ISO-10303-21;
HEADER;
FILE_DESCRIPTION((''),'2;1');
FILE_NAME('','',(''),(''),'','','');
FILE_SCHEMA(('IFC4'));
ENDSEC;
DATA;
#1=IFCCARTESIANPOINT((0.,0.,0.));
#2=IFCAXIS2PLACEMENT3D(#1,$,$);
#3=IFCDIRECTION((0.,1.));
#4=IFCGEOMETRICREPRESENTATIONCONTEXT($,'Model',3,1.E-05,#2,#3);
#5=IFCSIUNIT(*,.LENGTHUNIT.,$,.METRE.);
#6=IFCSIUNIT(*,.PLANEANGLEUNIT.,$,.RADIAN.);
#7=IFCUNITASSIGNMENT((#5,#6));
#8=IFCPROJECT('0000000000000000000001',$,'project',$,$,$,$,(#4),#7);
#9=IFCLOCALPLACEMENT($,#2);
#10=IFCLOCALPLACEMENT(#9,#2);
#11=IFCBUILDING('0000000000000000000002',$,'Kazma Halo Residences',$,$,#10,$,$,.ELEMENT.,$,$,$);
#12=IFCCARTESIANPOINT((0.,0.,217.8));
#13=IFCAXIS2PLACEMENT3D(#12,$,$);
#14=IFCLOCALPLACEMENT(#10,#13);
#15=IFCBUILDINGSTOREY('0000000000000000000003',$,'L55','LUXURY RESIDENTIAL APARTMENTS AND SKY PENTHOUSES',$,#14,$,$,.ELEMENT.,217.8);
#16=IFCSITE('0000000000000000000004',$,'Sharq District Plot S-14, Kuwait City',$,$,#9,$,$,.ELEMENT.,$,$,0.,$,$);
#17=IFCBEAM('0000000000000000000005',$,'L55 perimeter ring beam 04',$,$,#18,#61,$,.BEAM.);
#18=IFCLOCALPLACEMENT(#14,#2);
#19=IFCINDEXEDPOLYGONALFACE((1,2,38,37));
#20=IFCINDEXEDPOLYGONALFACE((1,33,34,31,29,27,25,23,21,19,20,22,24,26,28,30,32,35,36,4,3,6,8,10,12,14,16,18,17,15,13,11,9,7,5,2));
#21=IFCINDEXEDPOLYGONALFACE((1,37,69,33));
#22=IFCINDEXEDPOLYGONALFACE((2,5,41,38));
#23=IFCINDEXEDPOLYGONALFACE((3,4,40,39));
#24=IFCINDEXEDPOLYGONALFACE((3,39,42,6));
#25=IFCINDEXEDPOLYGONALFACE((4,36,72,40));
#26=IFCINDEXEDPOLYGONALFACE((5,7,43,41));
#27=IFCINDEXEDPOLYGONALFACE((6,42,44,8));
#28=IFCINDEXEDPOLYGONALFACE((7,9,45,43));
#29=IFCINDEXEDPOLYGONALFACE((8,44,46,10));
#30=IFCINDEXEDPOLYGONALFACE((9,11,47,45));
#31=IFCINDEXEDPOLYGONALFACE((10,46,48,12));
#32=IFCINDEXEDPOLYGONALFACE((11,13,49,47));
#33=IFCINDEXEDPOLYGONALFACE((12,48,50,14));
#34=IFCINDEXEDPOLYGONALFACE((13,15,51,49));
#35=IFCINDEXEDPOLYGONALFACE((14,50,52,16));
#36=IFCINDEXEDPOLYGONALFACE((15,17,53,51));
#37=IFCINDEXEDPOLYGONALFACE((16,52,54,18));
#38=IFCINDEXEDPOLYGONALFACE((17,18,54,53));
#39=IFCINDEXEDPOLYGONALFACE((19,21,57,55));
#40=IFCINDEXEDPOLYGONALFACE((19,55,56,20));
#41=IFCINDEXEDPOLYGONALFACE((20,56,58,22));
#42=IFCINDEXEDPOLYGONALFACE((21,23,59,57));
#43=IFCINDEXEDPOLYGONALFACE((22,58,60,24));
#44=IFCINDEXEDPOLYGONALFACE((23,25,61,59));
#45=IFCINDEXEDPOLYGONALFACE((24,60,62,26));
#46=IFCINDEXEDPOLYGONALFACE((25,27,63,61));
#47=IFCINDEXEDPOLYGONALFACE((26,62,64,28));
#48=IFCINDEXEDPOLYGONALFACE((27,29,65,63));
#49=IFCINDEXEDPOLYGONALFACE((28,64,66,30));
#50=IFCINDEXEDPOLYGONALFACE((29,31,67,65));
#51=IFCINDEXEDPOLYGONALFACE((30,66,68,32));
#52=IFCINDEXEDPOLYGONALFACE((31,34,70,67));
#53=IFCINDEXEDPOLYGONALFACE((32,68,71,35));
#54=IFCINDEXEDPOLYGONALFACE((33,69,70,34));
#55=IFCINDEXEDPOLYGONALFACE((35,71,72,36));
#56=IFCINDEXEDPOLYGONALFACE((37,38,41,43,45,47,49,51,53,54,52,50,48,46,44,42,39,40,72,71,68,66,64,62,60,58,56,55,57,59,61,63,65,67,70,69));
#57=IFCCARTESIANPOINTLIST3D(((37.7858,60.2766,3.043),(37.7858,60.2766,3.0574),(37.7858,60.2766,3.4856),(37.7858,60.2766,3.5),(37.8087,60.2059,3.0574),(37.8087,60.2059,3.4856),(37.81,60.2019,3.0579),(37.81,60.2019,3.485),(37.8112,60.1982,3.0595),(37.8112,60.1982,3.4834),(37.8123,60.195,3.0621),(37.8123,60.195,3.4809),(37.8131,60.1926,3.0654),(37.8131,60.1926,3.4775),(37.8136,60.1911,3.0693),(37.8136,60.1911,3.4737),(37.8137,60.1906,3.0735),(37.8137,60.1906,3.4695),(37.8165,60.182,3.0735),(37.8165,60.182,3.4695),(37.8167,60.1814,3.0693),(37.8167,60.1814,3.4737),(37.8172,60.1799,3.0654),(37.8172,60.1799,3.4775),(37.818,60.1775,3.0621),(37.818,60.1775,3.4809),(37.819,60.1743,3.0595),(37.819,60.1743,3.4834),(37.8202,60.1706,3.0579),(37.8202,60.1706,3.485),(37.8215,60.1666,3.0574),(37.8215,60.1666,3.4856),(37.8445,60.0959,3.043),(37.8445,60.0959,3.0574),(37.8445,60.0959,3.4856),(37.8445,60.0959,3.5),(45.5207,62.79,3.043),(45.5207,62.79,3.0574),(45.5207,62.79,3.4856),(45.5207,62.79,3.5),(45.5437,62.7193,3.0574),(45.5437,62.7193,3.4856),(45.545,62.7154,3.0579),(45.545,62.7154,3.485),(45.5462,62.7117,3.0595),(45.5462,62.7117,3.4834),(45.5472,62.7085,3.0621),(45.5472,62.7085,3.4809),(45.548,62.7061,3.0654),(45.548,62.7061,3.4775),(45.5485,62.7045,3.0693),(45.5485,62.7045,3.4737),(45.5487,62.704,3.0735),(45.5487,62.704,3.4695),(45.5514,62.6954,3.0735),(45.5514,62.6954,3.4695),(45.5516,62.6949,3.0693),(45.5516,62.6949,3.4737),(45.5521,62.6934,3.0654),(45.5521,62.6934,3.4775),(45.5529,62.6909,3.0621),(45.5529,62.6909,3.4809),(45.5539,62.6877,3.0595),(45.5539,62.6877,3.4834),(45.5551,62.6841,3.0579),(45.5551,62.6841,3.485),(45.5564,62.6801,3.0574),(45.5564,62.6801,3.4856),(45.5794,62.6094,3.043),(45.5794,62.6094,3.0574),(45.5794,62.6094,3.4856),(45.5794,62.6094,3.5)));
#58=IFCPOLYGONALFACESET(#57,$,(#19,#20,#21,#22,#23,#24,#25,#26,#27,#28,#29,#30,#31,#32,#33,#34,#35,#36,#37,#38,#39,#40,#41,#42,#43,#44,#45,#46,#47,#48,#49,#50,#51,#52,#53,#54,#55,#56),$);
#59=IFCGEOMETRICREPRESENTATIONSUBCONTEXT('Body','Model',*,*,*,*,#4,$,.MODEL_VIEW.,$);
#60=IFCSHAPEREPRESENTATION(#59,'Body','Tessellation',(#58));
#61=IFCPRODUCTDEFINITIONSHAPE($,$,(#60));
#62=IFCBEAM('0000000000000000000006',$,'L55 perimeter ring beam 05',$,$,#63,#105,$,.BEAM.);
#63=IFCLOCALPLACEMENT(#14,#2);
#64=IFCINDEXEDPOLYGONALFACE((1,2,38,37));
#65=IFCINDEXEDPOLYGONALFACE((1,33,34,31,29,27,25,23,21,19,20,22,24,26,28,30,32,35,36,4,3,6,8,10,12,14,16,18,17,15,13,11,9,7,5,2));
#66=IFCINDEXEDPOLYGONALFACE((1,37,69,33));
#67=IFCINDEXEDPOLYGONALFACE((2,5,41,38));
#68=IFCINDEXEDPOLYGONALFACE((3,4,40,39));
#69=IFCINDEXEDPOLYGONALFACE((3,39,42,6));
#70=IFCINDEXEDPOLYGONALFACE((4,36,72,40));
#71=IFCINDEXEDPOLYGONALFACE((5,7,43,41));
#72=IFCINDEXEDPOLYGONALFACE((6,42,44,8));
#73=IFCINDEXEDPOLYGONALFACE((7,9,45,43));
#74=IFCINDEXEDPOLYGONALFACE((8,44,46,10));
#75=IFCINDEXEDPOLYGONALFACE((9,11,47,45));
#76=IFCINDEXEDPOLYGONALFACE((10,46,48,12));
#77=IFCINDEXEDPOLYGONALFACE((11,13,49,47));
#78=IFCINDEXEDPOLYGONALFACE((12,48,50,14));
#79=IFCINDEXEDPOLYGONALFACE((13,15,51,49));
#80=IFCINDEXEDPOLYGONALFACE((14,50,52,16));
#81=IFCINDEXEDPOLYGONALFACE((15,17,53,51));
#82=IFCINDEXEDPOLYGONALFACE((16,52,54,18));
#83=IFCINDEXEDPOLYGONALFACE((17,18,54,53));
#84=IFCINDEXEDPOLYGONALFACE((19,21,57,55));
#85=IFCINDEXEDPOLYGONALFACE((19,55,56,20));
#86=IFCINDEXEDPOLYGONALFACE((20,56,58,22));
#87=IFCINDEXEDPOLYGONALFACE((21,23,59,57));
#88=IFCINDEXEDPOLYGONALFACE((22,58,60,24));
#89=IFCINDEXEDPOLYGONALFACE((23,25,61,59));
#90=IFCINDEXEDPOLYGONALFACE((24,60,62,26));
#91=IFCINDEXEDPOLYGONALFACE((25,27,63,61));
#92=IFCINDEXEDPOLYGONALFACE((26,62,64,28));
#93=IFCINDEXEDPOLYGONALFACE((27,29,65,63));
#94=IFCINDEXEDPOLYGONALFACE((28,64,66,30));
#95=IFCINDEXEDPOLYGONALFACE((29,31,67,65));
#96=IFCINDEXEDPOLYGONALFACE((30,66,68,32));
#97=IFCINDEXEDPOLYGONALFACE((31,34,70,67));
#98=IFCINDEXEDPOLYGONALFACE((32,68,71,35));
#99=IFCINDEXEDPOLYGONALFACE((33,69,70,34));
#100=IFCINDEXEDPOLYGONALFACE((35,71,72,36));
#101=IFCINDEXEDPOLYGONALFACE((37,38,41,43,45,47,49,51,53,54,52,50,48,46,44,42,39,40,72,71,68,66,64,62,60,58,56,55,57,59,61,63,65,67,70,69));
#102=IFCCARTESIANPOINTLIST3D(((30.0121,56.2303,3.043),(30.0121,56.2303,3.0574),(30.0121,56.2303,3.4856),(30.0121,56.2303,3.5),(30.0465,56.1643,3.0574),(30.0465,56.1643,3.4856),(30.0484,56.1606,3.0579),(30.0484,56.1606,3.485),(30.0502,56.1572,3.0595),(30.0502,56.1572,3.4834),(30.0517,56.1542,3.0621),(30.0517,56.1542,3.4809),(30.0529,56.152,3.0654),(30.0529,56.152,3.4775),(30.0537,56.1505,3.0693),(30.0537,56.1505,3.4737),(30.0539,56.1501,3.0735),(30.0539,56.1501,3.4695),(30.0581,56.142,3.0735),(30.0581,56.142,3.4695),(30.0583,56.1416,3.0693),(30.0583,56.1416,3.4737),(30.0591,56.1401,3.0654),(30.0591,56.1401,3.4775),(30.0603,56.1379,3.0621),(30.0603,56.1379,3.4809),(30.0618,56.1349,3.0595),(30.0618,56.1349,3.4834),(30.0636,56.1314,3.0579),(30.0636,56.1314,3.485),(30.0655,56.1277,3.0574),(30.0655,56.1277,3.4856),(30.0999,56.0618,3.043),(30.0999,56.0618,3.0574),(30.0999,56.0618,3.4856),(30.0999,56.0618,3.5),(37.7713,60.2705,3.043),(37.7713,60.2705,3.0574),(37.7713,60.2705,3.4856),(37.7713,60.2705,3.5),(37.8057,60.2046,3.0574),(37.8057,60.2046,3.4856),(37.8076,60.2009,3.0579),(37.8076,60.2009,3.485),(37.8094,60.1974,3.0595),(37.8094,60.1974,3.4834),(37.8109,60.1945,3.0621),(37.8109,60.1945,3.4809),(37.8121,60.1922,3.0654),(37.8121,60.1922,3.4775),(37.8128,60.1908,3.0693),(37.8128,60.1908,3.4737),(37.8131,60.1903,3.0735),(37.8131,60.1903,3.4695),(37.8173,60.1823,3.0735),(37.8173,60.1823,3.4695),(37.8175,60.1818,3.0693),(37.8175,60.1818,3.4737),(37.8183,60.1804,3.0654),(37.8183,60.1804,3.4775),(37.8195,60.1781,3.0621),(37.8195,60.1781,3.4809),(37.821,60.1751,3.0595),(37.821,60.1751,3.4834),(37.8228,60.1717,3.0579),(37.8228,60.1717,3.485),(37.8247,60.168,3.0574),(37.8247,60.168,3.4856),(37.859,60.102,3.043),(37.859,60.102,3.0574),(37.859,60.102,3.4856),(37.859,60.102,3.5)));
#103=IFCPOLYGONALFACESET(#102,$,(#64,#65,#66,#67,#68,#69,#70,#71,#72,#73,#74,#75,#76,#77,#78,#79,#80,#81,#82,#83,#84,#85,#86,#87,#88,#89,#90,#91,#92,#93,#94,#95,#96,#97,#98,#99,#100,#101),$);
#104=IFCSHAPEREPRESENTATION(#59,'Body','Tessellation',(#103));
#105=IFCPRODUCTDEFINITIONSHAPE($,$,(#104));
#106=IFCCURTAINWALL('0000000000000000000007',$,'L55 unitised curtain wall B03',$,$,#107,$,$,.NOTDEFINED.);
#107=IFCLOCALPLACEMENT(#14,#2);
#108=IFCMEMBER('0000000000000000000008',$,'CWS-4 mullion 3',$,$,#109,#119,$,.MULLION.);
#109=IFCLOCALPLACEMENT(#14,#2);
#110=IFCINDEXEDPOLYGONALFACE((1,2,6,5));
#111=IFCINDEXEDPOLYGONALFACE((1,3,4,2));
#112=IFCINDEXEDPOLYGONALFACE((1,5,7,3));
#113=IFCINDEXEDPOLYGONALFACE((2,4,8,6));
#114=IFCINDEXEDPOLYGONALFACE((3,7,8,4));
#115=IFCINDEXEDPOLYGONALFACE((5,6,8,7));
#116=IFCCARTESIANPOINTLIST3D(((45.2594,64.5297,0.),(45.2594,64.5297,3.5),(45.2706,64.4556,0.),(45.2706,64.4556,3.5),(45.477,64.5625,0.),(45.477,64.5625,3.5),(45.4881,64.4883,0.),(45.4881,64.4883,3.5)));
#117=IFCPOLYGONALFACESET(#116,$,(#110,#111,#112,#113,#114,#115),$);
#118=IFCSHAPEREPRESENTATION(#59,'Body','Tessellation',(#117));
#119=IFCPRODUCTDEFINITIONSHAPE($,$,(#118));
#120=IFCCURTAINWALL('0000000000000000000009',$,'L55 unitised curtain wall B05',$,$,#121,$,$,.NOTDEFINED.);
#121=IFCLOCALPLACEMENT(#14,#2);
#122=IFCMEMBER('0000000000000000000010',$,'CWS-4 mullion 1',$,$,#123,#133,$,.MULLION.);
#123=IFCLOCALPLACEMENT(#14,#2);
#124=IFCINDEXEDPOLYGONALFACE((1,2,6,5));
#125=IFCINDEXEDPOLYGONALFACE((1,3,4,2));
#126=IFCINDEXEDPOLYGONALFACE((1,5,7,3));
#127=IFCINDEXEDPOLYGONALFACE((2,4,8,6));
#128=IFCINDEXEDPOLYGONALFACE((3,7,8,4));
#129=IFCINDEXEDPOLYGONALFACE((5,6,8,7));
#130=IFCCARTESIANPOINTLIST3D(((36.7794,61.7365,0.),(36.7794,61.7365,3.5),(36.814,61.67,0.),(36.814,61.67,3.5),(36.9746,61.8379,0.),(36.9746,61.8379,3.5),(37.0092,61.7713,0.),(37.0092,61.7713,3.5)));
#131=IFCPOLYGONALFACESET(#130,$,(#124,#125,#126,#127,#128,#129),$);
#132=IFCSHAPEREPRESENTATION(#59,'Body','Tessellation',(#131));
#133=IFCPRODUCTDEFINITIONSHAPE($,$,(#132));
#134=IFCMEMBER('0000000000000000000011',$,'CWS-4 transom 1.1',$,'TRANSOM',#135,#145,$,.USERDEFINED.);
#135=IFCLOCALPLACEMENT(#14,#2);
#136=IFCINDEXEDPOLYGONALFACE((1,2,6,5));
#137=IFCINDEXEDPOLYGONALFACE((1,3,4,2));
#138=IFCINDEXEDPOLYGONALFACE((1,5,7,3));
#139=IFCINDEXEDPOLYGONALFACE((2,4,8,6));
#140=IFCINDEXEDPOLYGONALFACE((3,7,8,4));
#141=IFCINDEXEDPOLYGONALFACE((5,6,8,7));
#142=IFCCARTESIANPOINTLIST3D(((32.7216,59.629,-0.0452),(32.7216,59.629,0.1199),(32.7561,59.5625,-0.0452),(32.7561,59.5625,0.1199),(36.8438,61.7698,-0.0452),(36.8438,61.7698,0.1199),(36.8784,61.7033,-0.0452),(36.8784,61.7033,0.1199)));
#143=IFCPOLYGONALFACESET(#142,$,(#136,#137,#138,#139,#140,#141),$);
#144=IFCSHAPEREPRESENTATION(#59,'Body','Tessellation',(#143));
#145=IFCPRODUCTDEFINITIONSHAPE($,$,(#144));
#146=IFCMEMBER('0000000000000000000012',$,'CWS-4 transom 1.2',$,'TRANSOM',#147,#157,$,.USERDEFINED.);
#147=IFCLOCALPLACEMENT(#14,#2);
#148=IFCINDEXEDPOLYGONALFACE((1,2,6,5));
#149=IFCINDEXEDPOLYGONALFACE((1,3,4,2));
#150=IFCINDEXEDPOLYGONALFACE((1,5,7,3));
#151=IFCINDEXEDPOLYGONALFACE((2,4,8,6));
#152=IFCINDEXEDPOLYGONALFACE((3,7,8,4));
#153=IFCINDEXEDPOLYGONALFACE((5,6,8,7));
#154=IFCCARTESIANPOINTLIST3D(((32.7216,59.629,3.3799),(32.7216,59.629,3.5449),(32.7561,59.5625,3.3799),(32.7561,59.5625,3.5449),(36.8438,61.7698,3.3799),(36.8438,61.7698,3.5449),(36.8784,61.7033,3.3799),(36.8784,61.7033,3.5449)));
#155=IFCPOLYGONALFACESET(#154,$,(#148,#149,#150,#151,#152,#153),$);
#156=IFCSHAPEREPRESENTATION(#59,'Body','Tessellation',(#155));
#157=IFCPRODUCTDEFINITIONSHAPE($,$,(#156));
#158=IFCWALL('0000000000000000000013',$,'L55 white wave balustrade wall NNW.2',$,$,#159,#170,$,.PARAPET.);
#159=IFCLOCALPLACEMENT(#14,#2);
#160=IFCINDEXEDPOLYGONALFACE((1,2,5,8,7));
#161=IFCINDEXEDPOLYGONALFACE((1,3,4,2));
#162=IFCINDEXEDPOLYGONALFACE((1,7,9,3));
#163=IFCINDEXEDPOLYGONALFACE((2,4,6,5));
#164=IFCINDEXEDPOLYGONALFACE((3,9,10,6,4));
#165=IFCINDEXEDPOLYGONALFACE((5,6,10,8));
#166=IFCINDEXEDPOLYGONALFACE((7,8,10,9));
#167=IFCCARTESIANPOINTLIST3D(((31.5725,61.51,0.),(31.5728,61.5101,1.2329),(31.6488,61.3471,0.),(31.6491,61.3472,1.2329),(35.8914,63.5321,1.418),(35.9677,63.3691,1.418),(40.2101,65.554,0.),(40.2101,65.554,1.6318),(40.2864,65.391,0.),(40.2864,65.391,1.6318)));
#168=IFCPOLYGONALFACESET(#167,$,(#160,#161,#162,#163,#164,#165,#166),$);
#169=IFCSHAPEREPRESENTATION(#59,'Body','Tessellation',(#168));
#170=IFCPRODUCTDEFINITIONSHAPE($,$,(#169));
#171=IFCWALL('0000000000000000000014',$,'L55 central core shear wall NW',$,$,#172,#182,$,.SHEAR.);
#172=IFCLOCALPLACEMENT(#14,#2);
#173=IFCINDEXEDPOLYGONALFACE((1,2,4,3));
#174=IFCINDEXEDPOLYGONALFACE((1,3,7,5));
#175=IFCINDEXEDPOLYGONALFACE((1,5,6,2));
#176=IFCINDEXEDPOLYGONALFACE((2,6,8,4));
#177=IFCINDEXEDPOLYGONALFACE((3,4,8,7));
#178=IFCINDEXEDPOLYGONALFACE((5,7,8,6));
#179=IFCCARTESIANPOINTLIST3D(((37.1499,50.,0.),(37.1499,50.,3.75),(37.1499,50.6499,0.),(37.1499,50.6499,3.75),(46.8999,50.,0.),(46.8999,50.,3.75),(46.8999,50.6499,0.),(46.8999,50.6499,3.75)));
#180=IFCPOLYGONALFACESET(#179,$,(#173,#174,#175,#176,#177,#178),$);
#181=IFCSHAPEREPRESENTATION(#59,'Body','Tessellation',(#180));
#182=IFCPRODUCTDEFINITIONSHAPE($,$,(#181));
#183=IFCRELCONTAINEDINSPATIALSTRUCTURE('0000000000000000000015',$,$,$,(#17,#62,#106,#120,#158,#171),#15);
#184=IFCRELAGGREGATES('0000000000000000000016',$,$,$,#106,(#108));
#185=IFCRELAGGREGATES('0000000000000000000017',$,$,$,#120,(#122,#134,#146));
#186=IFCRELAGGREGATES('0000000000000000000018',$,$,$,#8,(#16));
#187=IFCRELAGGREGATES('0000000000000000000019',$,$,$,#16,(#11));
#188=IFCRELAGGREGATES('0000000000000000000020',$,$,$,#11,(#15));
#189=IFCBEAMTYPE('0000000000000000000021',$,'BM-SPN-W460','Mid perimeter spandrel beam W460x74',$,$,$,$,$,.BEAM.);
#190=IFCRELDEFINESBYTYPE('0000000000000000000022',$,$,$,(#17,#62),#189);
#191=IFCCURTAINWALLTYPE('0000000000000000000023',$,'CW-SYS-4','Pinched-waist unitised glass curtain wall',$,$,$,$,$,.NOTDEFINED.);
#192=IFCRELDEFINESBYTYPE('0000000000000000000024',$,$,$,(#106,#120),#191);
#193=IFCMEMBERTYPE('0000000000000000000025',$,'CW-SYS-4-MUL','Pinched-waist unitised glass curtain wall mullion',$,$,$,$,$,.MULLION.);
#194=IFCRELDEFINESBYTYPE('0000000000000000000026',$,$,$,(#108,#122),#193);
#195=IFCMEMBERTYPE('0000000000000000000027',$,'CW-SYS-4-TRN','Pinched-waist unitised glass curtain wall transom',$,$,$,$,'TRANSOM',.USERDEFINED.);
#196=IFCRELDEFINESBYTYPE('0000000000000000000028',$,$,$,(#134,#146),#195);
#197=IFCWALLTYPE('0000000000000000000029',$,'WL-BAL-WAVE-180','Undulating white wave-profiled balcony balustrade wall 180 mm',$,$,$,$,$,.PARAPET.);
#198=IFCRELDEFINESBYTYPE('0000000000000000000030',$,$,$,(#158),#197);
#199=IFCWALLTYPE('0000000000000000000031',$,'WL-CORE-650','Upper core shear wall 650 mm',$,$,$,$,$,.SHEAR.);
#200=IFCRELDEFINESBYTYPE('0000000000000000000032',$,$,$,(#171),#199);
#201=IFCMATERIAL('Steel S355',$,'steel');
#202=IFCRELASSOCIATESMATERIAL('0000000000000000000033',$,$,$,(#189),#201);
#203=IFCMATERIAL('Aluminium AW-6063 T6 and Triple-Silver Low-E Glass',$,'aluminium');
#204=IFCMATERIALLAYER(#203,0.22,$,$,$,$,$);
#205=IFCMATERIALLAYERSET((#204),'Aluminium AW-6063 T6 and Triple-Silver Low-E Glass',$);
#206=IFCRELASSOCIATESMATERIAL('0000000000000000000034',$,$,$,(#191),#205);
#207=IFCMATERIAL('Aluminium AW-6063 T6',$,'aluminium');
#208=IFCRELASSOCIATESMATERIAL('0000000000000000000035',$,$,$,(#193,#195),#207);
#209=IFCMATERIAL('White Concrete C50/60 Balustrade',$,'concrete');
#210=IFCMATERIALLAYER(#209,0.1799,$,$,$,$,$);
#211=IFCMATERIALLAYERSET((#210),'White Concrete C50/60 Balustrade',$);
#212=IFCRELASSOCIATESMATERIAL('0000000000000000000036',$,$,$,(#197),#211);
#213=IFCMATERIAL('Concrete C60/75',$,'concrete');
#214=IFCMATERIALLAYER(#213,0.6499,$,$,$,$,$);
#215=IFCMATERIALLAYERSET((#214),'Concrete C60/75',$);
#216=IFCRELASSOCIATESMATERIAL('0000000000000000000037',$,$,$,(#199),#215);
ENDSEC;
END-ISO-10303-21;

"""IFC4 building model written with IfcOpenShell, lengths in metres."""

from ifc_helpers import new_model, si_unit, direction, frame, frame_2d, origin, origin_2d, place, context, subcontext, project, spatial, polyline, rectangle, i_section, outline, extrude, material, layer, layer_set, material_profile, profile_set, type_object, element, aggregate, save


model = new_model("IFC4")

# Units and contexts
model_context = context("Model", 3, precision=1e-05, world=origin(), true_north=direction((0.0, 1.0)))
body_context = subcontext(model_context, "Body", "Model", "MODEL_VIEW")
ifc_project = project(units=[si_unit("LENGTHUNIT", "METRE"), si_unit("PLANEANGLEUNIT", "RADIAN")], contexts=[model_context])

# Site, building, storey
site_placement = place(None, origin())
site = spatial("IfcSite", under=ifc_project, at=site_placement, Name="Sharq District Plot S-14, Kuwait City", CompositionType="ELEMENT", RefElevation=0.0)
building_placement = place(site_placement, origin())
building = spatial("IfcBuilding", under=site, at=building_placement, Name="Kazma Halo Residences", CompositionType="ELEMENT")
storey_placement = place(building_placement, frame((0.0, 0.0, 217.8)))
storey = spatial("IfcBuildingStorey", under=building, at=storey_placement, Name="L55", Description="LUXURY RESIDENTIAL APARTMENTS AND SKY PENTHOUSES", CompositionType="ELEMENT", Elevation=217.8)

# Beams
ifc_material_1 = material(Name="Steel S355", Category="steel")
ifc_material_profile_1 = material_profile(ifc_material_1, i_section(OverallWidth=0.1899, OverallDepth=0.457, WebThickness=0.009, FlangeThickness=0.0144, FilletRadius=0.0161, at=origin_2d()), Name="W460x74")
ifc_profile_set_1 = profile_set([ifc_material_profile_1], Name="Steel S355")
beam_type_1 = type_object("IfcBeamType", Name="BM-SPN-W460", Description="Mid perimeter spandrel beam W460x74", PredefinedType="BEAM", material=ifc_profile_set_1)
beam_1_placement = place(storey_placement, frame((45.55, 62.6997, 3.2715), z_axis=(-0.951049, -0.309041, 0.0), x_axis=(0.309041, -0.951049, 0.0)))
element("IfcBeam", 1, at=beam_1_placement, inside=storey, type_object=beam_type_1, Name="L55 perimeter ring beam 04", PredefinedType="BEAM", context=body_context, shape_type="SweptSolid", body=[
    extrude(i_section(OverallWidth=0.1899, OverallDepth=0.457, WebThickness=0.009, FlangeThickness=0.0144, FilletRadius=0.0161, at=origin_2d()), origin(), (0.0, 0.0, 1.0), 8.1331),
])
beam_2_placement = place(storey_placement, frame((37.8152, 60.1863, 3.2715), z_axis=(-0.886961, -0.461844, 0.0), x_axis=(0.461844, -0.886961, 0.0)))
element("IfcBeam", 2, at=beam_2_placement, inside=storey, type_object=beam_type_1, Name="L55 perimeter ring beam 05", PredefinedType="BEAM", context=body_context, shape_type="SweptSolid", body=[
    extrude(i_section(OverallWidth=0.1899, OverallDepth=0.457, WebThickness=0.009, FlangeThickness=0.0144, FilletRadius=0.0161, at=origin_2d()), origin(), (0.0, 0.0, 1.0), 8.748),
])

# Curtain wall, member
ifc_material_2 = material(Name="Aluminium AW-6063 T6 and Triple-Silver Low-E Glass", Category="aluminium")
ifc_layer_1 = layer(ifc_material_2, 0.22)
ifc_layer_set_1 = layer_set([ifc_layer_1], Name="Aluminium AW-6063 T6 and Triple-Silver Low-E Glass")
curtain_wall_type = type_object("IfcCurtainWallType", Name="CW-SYS-4", Description="Pinched-waist unitised glass curtain wall", PredefinedType="NOTDEFINED", material=ifc_layer_set_1)
curtain_wall_1_placement = place(storey_placement, origin())
curtain_wall_1 = element("IfcCurtainWall", 3, at=curtain_wall_1_placement, inside=storey, type_object=curtain_wall_type, Name="L55 unitised curtain wall B03", PredefinedType="NOTDEFINED")
ifc_material_3 = material(Name="Aluminium AW-6063 T6", Category="aluminium")
ifc_material_profile_2 = material_profile(ifc_material_3, rectangle(XDim=0.075, YDim=0.22, at=origin_2d()), Name="CWM-75x220")
ifc_profile_set_2 = profile_set([ifc_material_profile_2], Name="Aluminium AW-6063 T6")
member_type_1 = type_object("IfcMemberType", Name="CW-SYS-4-MUL", Description="Pinched-waist unitised glass curtain wall mullion", PredefinedType="MULLION", material=ifc_profile_set_2)
member_1_placement = place(storey_placement, frame((45.3738, 64.509, 0.0), z_axis=(0.0, 0.0, 1.0), x_axis=(0.148773, -0.988871, 0.0)))
member_1 = element("IfcMember", 4, at=member_1_placement, type_object=member_type_1, Name="CWS-4 mullion 3", PredefinedType="MULLION", context=body_context, shape_type="SweptSolid", body=[
    extrude(rectangle(XDim=0.075, YDim=0.22, at=origin_2d()), origin(), (0.0, 0.0, 1.0), 3.5),
])
aggregate(curtain_wall_1, [member_1])

# Curtain wall, members
curtain_wall_2_placement = place(storey_placement, origin())
curtain_wall_2 = element("IfcCurtainWall", 5, at=curtain_wall_2_placement, inside=storey, type_object=curtain_wall_type, Name="L55 unitised curtain wall B05", PredefinedType="NOTDEFINED")
member_2_placement = place(storey_placement, frame((36.8943, 61.7539, 0.0), z_axis=(0.0, 0.0, 1.0), x_axis=(0.460874, -0.887466, 0.0)))
member_2 = element("IfcMember", 6, at=member_2_placement, type_object=member_type_1, Name="CWS-4 mullion 1", PredefinedType="MULLION", context=body_context, shape_type="SweptSolid", body=[
    extrude(rectangle(XDim=0.075, YDim=0.22, at=origin_2d()), origin(), (0.0, 0.0, 1.0), 3.5),
])
ifc_material_profile_3 = material_profile(ifc_material_3, rectangle(XDim=0.075, YDim=0.165, at=origin_2d()), Name="CWT-75x165")
ifc_profile_set_3 = profile_set([ifc_material_profile_3], Name="Aluminium AW-6063 T6")
member_type_2 = type_object("IfcMemberType", Name="CW-SYS-4-TRN", Description="Pinched-waist unitised glass curtain wall transom", ElementType="TRANSOM", PredefinedType="USERDEFINED", material=ifc_profile_set_3)
member_3_placement = place(storey_placement, frame((36.8611, 61.7366, 0.0374), z_axis=(-0.887458, -0.460889, 0.0), x_axis=(0.460889, -0.887458, 0.0)))
member_3 = element("IfcMember", 7, at=member_3_placement, type_object=member_type_2, Name="CWS-4 transom 1.1", ObjectType="TRANSOM", PredefinedType="USERDEFINED", context=body_context, shape_type="SweptSolid", body=[
    extrude(rectangle(XDim=0.075, YDim=0.165, at=origin_2d()), origin(), (0.0, 0.0, 1.0), 4.645),
])
member_4_placement = place(storey_placement, frame((36.8611, 61.7366, 3.4624), z_axis=(-0.887458, -0.460889, 0.0), x_axis=(0.460889, -0.887458, 0.0)))
member_4 = element("IfcMember", 8, at=member_4_placement, type_object=member_type_2, Name="CWS-4 transom 1.2", ObjectType="TRANSOM", PredefinedType="USERDEFINED", context=body_context, shape_type="SweptSolid", body=[
    extrude(rectangle(XDim=0.075, YDim=0.165, at=origin_2d()), origin(), (0.0, 0.0, 1.0), 4.645),
])
aggregate(curtain_wall_2, [member_2, member_3, member_4])

# Walls
ifc_material_4 = material(Name="White Concrete C50/60 Balustrade", Category="concrete")
ifc_layer_2 = layer(ifc_material_4, 0.1799)
ifc_layer_set_2 = layer_set([ifc_layer_2], Name="White Concrete C50/60 Balustrade")
wall_type_1 = type_object("IfcWallType", Name="WL-BAL-WAVE-180", Description="Undulating white wave-profiled balcony balustrade wall 180 mm", PredefinedType="PARAPET", material=ifc_layer_set_2)
wall_1_placement = place(storey_placement, frame((40.2483, 65.4724, 0.0), z_axis=(0.0, 0.0, 1.0), x_axis=(-0.905655, -0.424016, 0.0)))
element("IfcWall", 9, at=wall_1_placement, inside=storey, type_object=wall_type_1, Name="L55 white wave balustrade wall NNW.2", PredefinedType="PARAPET", context=body_context, shape_type="SweptSolid", body=[
    extrude(outline(polyline([(0.0, 0.0), (9.5374, 0.0), (9.5371, 1.2329), (4.7686, 1.418), (0.0, 1.6318), (0.0, 0.0)])), frame((0.0, 0.0898, 0.0), z_axis=(0.0, -1.0, 0.0), x_axis=(1.0, 0.0, 0.0)), (0.0, 0.0, 1.0), 0.1799),
])
ifc_material_5 = material(Name="Concrete C60/75", Category="concrete")
ifc_layer_3 = layer(ifc_material_5, 0.6499)
ifc_layer_set_3 = layer_set([ifc_layer_3], Name="Concrete C60/75")
wall_type_2 = type_object("IfcWallType", Name="WL-CORE-650", Description="Upper core shear wall 650 mm", PredefinedType="SHEAR", material=ifc_layer_set_3)
wall_2_placement = place(storey_placement, frame((37.1499, 50.325, 0.0), z_axis=(0.0, 0.0, 1.0), x_axis=(1.0, 0.0, 0.0)))
element("IfcWall", 10, at=wall_2_placement, inside=storey, type_object=wall_type_2, Name="L55 central core shear wall NW", PredefinedType="SHEAR", context=body_context, shape_type="SweptSolid", body=[
    extrude(rectangle(XDim=9.75, YDim=0.6499, at=frame_2d((4.875, 0.0))), origin(), (0.0, 0.0, 1.0), 3.75),
])

save(model, "model.ifc")
